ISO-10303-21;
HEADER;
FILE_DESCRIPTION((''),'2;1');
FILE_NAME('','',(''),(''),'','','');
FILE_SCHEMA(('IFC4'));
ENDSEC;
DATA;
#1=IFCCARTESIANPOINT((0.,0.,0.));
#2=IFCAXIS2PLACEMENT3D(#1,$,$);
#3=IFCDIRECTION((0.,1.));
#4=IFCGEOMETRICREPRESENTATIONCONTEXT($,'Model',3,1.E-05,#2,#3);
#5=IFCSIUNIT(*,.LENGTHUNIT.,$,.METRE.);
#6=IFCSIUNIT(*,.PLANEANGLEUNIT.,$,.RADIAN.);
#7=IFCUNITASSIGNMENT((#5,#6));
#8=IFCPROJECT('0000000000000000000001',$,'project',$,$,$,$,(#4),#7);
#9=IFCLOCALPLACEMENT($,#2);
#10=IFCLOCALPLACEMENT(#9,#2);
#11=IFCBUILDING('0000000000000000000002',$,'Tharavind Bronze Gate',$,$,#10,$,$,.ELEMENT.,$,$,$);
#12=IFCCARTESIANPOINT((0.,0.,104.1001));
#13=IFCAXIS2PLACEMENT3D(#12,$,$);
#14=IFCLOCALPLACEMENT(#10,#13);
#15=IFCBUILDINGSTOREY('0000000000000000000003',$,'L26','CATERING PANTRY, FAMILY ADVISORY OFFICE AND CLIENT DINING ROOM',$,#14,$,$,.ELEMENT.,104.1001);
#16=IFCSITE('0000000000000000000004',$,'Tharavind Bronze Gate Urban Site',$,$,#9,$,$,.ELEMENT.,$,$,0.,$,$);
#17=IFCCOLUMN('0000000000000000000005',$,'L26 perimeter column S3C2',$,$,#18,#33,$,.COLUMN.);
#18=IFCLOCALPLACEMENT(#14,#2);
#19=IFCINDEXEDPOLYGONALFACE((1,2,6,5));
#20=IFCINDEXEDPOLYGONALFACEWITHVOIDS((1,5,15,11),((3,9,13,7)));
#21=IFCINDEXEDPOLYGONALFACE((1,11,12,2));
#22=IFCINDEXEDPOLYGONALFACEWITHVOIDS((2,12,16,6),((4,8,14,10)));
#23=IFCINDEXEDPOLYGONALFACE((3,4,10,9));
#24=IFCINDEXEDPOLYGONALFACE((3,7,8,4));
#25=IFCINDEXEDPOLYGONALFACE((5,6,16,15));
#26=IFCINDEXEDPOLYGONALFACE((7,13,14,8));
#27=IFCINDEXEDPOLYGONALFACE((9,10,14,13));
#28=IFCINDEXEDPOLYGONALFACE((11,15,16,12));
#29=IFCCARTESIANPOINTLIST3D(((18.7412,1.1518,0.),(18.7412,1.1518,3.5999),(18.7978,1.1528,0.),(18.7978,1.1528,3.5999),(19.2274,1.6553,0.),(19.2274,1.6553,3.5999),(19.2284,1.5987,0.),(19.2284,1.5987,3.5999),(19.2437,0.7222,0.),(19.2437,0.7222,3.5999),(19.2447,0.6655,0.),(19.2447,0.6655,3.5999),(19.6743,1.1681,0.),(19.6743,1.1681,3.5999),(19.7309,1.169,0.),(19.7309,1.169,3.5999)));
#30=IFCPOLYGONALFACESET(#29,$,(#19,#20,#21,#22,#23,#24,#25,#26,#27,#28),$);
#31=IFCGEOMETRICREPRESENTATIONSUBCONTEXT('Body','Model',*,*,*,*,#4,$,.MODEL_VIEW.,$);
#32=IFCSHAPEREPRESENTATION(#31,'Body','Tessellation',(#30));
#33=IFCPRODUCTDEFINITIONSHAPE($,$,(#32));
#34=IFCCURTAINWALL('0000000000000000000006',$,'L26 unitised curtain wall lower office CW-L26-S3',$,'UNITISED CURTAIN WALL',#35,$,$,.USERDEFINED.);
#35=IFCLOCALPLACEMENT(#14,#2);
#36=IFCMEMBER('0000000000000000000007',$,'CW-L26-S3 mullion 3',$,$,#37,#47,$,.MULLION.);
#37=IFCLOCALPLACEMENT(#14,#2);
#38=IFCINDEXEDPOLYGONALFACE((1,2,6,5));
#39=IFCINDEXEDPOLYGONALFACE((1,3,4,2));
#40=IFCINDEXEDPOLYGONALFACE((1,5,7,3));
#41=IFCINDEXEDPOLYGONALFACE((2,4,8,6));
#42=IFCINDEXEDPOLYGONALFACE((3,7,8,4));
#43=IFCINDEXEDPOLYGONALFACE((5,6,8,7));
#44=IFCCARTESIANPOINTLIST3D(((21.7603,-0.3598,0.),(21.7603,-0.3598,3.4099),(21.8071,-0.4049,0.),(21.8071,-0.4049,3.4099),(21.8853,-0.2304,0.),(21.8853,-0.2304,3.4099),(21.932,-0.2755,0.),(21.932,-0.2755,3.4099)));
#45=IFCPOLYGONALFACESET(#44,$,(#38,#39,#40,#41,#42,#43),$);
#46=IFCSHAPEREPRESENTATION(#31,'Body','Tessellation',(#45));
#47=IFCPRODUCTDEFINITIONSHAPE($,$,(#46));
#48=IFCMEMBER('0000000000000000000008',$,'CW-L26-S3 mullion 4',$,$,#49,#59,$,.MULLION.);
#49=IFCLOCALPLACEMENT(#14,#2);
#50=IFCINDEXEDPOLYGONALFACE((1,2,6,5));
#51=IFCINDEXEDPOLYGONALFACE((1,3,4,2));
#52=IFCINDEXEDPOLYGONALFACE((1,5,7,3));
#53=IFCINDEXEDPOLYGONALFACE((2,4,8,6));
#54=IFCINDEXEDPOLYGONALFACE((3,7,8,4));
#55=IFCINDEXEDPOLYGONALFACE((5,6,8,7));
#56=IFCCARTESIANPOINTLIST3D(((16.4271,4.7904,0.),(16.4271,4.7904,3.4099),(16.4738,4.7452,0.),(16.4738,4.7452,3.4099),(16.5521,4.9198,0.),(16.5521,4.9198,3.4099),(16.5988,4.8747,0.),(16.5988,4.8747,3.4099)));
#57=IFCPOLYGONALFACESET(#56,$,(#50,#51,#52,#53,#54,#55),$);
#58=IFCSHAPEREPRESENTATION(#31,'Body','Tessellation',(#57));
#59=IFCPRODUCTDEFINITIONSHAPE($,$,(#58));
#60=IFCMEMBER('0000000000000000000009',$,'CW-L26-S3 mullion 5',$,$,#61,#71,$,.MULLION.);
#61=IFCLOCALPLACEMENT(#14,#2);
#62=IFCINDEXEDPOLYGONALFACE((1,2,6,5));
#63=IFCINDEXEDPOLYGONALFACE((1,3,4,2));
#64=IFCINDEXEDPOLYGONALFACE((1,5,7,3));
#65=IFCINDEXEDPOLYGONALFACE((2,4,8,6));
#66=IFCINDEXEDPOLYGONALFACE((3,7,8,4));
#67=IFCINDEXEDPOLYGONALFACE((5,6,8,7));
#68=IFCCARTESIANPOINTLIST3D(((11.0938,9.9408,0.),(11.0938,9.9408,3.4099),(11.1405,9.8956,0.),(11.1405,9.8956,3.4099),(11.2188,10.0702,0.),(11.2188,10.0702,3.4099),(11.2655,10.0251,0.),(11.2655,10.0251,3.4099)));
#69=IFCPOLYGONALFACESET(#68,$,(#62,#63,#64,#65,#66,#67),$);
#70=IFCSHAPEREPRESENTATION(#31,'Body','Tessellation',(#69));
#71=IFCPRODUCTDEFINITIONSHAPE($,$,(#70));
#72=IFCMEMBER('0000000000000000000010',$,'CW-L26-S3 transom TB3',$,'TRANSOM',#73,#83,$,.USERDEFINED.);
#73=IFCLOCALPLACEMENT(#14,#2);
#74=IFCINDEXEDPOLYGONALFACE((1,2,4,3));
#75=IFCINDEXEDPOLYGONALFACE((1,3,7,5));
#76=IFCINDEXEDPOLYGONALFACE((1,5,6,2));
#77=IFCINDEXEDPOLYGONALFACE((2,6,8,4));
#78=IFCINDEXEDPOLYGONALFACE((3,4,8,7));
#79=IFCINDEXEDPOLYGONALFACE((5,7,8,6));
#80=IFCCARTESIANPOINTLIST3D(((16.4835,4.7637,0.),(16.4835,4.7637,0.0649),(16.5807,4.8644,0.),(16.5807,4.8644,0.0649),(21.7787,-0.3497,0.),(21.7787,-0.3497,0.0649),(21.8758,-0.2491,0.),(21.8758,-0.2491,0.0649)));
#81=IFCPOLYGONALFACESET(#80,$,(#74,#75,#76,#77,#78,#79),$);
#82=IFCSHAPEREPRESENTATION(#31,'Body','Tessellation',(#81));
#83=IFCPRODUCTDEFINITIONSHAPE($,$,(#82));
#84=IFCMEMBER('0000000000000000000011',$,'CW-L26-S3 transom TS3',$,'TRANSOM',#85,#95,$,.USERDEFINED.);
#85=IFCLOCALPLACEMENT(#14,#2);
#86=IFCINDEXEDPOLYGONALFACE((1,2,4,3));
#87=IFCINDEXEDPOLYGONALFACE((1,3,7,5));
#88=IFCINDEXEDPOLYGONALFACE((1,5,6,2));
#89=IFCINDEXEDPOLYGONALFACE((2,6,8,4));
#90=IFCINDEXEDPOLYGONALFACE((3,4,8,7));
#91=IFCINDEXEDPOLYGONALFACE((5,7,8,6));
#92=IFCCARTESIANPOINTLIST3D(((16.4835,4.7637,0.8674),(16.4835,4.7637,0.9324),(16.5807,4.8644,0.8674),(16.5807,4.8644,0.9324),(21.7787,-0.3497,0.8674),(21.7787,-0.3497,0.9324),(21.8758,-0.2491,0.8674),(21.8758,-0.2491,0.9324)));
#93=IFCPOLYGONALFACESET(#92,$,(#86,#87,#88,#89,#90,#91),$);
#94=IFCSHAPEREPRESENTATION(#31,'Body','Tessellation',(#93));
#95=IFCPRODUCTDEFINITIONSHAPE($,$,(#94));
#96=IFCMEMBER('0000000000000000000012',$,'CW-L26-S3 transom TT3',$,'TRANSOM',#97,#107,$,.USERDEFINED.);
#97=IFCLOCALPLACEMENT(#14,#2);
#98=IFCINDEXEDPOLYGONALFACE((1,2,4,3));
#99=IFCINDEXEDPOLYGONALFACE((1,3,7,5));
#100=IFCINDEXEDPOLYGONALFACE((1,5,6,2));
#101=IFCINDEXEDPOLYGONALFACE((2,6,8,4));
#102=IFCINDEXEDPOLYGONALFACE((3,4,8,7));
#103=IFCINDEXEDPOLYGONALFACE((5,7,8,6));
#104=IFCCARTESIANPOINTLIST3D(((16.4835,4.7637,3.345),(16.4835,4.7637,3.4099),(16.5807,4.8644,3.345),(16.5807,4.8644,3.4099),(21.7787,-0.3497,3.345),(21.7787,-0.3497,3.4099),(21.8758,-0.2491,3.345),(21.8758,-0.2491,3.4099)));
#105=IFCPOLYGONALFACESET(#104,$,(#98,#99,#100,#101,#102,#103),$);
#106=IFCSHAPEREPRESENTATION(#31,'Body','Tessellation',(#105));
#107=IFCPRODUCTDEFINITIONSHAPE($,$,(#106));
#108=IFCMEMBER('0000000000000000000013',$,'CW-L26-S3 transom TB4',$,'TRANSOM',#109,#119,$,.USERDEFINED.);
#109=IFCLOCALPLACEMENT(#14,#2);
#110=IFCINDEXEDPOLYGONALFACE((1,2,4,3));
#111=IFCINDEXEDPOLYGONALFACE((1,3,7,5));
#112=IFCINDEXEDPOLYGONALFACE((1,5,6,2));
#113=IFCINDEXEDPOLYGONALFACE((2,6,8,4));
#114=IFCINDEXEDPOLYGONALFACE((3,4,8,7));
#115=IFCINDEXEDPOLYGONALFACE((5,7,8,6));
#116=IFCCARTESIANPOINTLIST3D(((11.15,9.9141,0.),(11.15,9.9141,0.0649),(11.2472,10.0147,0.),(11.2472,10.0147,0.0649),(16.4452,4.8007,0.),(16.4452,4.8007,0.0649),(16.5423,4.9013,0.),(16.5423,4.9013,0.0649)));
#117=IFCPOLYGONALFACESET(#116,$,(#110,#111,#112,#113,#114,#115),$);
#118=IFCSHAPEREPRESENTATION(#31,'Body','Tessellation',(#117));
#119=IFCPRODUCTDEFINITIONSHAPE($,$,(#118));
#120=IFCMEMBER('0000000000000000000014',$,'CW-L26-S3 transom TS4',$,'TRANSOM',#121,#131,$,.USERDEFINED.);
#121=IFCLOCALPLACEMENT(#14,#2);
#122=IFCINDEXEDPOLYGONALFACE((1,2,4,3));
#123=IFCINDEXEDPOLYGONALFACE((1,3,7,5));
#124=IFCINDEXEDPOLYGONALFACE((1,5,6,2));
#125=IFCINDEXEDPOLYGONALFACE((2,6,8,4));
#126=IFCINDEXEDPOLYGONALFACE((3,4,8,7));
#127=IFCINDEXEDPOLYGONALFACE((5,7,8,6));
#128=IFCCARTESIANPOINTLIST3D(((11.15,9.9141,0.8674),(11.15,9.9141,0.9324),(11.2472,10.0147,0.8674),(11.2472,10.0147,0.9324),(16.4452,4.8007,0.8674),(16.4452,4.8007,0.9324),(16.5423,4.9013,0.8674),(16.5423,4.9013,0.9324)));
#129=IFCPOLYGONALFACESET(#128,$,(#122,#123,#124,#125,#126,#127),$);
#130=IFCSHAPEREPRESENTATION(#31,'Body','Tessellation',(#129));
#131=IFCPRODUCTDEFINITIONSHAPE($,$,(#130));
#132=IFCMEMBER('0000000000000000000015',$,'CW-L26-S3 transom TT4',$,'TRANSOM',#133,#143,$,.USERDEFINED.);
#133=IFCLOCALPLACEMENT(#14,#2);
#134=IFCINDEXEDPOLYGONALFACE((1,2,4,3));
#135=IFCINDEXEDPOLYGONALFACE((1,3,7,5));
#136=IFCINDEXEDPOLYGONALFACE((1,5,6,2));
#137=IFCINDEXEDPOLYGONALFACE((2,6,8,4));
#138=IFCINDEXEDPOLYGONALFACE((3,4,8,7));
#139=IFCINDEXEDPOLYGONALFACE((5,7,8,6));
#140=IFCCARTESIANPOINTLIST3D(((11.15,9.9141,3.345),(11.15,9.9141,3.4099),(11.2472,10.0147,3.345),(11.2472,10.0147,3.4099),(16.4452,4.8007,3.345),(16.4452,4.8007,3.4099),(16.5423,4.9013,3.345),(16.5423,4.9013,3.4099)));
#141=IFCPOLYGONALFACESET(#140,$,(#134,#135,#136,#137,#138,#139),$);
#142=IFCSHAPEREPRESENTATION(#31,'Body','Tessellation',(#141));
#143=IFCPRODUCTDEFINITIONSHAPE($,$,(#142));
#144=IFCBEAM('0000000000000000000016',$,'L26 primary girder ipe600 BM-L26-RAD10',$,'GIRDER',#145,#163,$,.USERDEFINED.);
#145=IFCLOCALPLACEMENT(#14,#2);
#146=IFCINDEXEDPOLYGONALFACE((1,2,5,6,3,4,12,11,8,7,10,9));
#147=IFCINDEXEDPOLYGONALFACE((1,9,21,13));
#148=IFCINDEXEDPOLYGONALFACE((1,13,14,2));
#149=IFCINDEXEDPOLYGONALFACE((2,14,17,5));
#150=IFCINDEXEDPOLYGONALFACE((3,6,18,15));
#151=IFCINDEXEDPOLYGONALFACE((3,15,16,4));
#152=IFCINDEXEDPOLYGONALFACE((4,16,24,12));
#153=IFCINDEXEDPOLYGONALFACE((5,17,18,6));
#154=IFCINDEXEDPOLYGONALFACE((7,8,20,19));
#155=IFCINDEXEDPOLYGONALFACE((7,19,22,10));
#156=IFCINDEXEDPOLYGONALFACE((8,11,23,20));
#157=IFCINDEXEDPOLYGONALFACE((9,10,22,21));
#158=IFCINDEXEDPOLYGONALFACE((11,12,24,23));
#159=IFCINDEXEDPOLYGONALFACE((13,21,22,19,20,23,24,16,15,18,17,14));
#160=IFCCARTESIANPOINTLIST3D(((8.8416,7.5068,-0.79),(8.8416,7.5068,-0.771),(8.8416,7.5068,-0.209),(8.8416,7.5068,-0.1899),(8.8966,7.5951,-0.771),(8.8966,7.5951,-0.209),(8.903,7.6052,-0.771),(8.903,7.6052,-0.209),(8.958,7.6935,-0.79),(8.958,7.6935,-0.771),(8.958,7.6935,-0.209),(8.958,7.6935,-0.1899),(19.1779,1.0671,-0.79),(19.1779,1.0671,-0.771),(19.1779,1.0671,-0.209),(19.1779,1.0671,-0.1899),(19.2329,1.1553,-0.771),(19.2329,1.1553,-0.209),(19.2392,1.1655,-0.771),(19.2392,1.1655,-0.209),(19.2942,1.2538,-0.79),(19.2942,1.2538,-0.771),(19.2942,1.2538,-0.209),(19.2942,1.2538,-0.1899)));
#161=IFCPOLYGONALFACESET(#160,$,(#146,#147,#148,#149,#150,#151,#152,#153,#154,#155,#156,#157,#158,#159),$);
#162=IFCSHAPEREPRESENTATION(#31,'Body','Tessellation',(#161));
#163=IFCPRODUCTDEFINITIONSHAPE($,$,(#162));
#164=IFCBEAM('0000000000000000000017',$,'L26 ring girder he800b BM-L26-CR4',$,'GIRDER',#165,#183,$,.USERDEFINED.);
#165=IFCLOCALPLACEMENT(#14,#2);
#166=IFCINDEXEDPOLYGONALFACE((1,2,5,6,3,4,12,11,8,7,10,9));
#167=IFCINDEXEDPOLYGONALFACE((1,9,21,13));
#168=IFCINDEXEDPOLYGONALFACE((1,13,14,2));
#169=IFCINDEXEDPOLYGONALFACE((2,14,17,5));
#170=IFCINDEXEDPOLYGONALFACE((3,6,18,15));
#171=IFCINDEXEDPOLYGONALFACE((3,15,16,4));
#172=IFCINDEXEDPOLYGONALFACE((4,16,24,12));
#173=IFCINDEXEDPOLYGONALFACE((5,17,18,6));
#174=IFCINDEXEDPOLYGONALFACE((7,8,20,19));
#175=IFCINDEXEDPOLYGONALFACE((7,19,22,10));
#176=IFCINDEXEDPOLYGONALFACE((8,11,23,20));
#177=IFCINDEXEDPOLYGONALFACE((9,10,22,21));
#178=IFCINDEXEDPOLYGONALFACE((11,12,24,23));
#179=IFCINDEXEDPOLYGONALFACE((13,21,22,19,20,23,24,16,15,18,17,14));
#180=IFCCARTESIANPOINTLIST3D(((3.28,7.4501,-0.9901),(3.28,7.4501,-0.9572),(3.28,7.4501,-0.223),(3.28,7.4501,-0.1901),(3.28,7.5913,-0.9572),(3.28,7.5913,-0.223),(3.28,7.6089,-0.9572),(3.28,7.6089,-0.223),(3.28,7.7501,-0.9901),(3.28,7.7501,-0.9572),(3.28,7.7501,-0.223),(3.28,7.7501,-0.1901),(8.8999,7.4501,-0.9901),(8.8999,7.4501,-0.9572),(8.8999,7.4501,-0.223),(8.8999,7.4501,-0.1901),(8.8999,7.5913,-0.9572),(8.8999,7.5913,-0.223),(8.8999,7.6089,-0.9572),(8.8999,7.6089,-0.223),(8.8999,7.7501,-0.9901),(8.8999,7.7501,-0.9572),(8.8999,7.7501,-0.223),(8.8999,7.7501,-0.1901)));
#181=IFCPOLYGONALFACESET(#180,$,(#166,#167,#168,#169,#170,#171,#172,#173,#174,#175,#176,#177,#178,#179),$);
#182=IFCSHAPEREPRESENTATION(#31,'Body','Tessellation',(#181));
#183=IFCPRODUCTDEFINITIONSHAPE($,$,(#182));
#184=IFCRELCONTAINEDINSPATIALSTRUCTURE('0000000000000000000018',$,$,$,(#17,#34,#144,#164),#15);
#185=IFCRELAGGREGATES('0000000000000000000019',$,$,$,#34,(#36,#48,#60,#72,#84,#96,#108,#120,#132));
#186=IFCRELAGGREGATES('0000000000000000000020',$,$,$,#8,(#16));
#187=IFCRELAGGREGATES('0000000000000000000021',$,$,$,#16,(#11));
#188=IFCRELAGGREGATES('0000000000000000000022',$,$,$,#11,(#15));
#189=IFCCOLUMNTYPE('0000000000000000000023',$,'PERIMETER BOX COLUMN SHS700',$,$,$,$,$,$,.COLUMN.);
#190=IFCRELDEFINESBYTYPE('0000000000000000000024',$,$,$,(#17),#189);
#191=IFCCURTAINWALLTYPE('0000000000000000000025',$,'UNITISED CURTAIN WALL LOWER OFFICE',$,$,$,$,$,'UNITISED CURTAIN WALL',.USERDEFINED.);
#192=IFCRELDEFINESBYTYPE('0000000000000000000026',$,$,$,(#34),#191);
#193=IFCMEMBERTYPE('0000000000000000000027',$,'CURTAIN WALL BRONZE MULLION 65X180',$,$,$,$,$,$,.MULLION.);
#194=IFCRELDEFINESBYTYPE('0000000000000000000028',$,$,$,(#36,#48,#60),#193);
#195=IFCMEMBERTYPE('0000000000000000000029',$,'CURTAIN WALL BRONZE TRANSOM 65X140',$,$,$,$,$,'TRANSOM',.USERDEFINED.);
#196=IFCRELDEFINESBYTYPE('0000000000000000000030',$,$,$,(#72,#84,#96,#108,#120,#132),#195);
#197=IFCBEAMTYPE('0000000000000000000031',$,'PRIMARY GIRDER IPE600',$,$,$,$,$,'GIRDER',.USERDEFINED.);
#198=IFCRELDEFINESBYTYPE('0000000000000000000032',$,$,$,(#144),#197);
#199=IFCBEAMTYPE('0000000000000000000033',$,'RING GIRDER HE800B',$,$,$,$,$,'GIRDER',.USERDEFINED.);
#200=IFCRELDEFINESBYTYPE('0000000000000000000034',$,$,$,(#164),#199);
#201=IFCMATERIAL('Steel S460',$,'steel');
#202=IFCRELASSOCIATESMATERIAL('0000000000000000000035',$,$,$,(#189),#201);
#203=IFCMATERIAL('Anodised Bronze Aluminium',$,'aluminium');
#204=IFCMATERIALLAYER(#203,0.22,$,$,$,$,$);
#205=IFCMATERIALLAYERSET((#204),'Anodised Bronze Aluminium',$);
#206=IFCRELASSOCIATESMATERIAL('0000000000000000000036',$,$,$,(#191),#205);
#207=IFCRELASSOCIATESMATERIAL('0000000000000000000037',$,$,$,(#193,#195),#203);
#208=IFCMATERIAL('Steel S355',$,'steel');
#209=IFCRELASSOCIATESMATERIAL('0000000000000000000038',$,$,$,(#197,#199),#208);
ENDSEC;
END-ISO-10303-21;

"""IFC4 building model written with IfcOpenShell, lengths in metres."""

from ifc_helpers import new_model, si_unit, direction, frame, origin, origin_2d, place, context, subcontext, project, spatial, rectangle, hollow_rectangle, i_section, extrude, material, layer, layer_set, material_profile, profile_set, type_object, element, aggregate, save


model = new_model("IFC4")

# Units and contexts
model_context = context("Model", 3, precision=1e-05, world=origin(), true_north=direction((0.0, 1.0)))
body_context = subcontext(model_context, "Body", "Model", "MODEL_VIEW")
ifc_project = project(units=[si_unit("LENGTHUNIT", "METRE"), si_unit("PLANEANGLEUNIT", "RADIAN")], contexts=[model_context])

# Site, building, storey
site_placement = place(None, origin())
site = spatial("IfcSite", under=ifc_project, at=site_placement, Name="Tharavind Bronze Gate Urban Site", CompositionType="ELEMENT", RefElevation=0.0)
building_placement = place(site_placement, origin())
building = spatial("IfcBuilding", under=site, at=building_placement, Name="Tharavind Bronze Gate", CompositionType="ELEMENT")
storey_placement = place(building_placement, frame((0.0, 0.0, 104.1001)))
storey = spatial("IfcBuildingStorey", under=building, at=storey_placement, Name="L26", Description="CATERING PANTRY, FAMILY ADVISORY OFFICE AND CLIENT DINING ROOM", CompositionType="ELEMENT", Elevation=104.1001)

# Column
ifc_material_1 = material(Name="Steel S460", Category="steel")
ifc_material_profile_1 = material_profile(ifc_material_1, hollow_rectangle(XDim=0.7, YDim=0.7, WallThickness=0.04, at=origin_2d()), Name="SHS700X40")
ifc_profile_set_1 = profile_set([ifc_material_profile_1], Name="Steel S460")
column_type = type_object("IfcColumnType", Name="PERIMETER BOX COLUMN SHS700", PredefinedType="COLUMN", material=ifc_profile_set_1)
column_placement = place(storey_placement, frame((19.2361, 1.1604, 0.0), z_axis=(0.0, 0.0, 1.0), x_axis=(-0.71934, 0.694658, 0.0)))
element("IfcColumn", 1, at=column_placement, inside=storey, type_object=column_type, Name="L26 perimeter column S3C2", PredefinedType="COLUMN", context=body_context, shape_type="SweptSolid", body=[
    extrude(hollow_rectangle(XDim=0.7, YDim=0.7, WallThickness=0.04, at=origin_2d()), origin(), (0.0, 0.0, 1.0), 3.5999),
])

# Curtain wall, members
ifc_material_2 = material(Name="Anodised Bronze Aluminium", Category="aluminium")
ifc_layer_1 = layer(ifc_material_2, 0.22)
ifc_layer_set_1 = layer_set([ifc_layer_1], Name="Anodised Bronze Aluminium")
curtain_wall_type = type_object("IfcCurtainWallType", Name="UNITISED CURTAIN WALL LOWER OFFICE", ElementType="UNITISED CURTAIN WALL", PredefinedType="USERDEFINED", material=ifc_layer_set_1)
curtain_wall_placement = place(storey_placement, origin())
curtain_wall = element("IfcCurtainWall", 2, at=curtain_wall_placement, inside=storey, type_object=curtain_wall_type, Name="L26 unitised curtain wall lower office CW-L26-S3", ObjectType="UNITISED CURTAIN WALL", PredefinedType="USERDEFINED")
member_type_1 = type_object("IfcMemberType", Name="CURTAIN WALL BRONZE MULLION 65X180", PredefinedType="MULLION", material=ifc_material_2)
member_1_placement = place(storey_placement, frame((21.8462, -0.3176, 0.0), z_axis=(0.0, 0.0, 1.0), x_axis=(-0.719341, 0.694657, 0.0)))
member_1 = element("IfcMember", 3, at=member_1_placement, type_object=member_type_1, Name="CW-L26-S3 mullion 3", PredefinedType="MULLION", context=body_context, shape_type="SweptSolid", body=[
    extrude(rectangle(XDim=0.0649, YDim=0.1799, at=origin_2d()), origin(), (0.0, 0.0, 1.0), 3.4099),
])
member_2_placement = place(storey_placement, frame((16.5129, 4.8325, 0.0), z_axis=(0.0, 0.0, 1.0), x_axis=(-0.719341, 0.694657, 0.0)))
member_2 = element("IfcMember", 4, at=member_2_placement, type_object=member_type_1, Name="CW-L26-S3 mullion 4", PredefinedType="MULLION", context=body_context, shape_type="SweptSolid", body=[
    extrude(rectangle(XDim=0.0649, YDim=0.1799, at=origin_2d()), origin(), (0.0, 0.0, 1.0), 3.4099),
])
member_3_placement = place(storey_placement, frame((11.1797, 9.9829, 0.0), z_axis=(0.0, 0.0, 1.0), x_axis=(-0.719341, 0.694657, 0.0)))
member_3 = element("IfcMember", 5, at=member_3_placement, type_object=member_type_1, Name="CW-L26-S3 mullion 5", PredefinedType="MULLION", context=body_context, shape_type="SweptSolid", body=[
    extrude(rectangle(XDim=0.0649, YDim=0.1799, at=origin_2d()), origin(), (0.0, 0.0, 1.0), 3.4099),
])
member_type_2 = type_object("IfcMemberType", Name="CURTAIN WALL BRONZE TRANSOM 65X140", ElementType="TRANSOM", PredefinedType="USERDEFINED", material=ifc_material_2)
member_4_placement = place(storey_placement, frame((19.1797, 2.2573, 0.0), z_axis=(0.0, 0.0, 1.0), x_axis=(-0.719341, 0.694657, 0.0)))
member_4 = element("IfcMember", 6, at=member_4_placement, type_object=member_type_2, Name="CW-L26-S3 transom TB3", ObjectType="TRANSOM", PredefinedType="USERDEFINED", context=body_context, shape_type="SweptSolid", body=[
    extrude(rectangle(XDim=7.3611, YDim=0.1399, at=origin_2d()), origin(), (0.0, 0.0, 1.0), 0.0649),
])
member_5_placement = place(storey_placement, frame((19.1797, 2.2573, 0.8674), z_axis=(0.0, 0.0, 1.0), x_axis=(-0.719341, 0.694657, 0.0)))
member_5 = element("IfcMember", 7, at=member_5_placement, type_object=member_type_2, Name="CW-L26-S3 transom TS3", ObjectType="TRANSOM", PredefinedType="USERDEFINED", context=body_context, shape_type="SweptSolid", body=[
    extrude(rectangle(XDim=7.3611, YDim=0.1399, at=origin_2d()), origin(), (0.0, 0.0, 1.0), 0.0649),
])
member_6_placement = place(storey_placement, frame((19.1797, 2.2573, 3.345), z_axis=(0.0, 0.0, 1.0), x_axis=(-0.719341, 0.694657, 0.0)))
member_6 = element("IfcMember", 8, at=member_6_placement, type_object=member_type_2, Name="CW-L26-S3 transom TT3", ObjectType="TRANSOM", PredefinedType="USERDEFINED", context=body_context, shape_type="SweptSolid", body=[
    extrude(rectangle(XDim=7.3611, YDim=0.1399, at=origin_2d()), origin(), (0.0, 0.0, 1.0), 0.0649),
])
member_7_placement = place(storey_placement, frame((13.8462, 7.4077, 0.0), z_axis=(0.0, 0.0, 1.0), x_axis=(-0.719341, 0.694657, 0.0)))
member_7 = element("IfcMember", 9, at=member_7_placement, type_object=member_type_2, Name="CW-L26-S3 transom TB4", ObjectType="TRANSOM", PredefinedType="USERDEFINED", context=body_context, shape_type="SweptSolid", body=[
    extrude(rectangle(XDim=7.3611, YDim=0.1399, at=origin_2d()), origin(), (0.0, 0.0, 1.0), 0.0649),
])
member_8_placement = place(storey_placement, frame((13.8462, 7.4077, 0.8674), z_axis=(0.0, 0.0, 1.0), x_axis=(-0.719341, 0.694657, 0.0)))
member_8 = element("IfcMember", 10, at=member_8_placement, type_object=member_type_2, Name="CW-L26-S3 transom TS4", ObjectType="TRANSOM", PredefinedType="USERDEFINED", context=body_context, shape_type="SweptSolid", body=[
    extrude(rectangle(XDim=7.3611, YDim=0.1399, at=origin_2d()), origin(), (0.0, 0.0, 1.0), 0.0649),
])
member_9_placement = place(storey_placement, frame((13.8462, 7.4077, 3.345), z_axis=(0.0, 0.0, 1.0), x_axis=(-0.719341, 0.694657, 0.0)))
member_9 = element("IfcMember", 11, at=member_9_placement, type_object=member_type_2, Name="CW-L26-S3 transom TT4", ObjectType="TRANSOM", PredefinedType="USERDEFINED", context=body_context, shape_type="SweptSolid", body=[
    extrude(rectangle(XDim=7.3611, YDim=0.1399, at=origin_2d()), origin(), (0.0, 0.0, 1.0), 0.0649),
])

# Beams
ifc_material_3 = material(Name="Steel S355", Category="steel")
ifc_material_profile_2 = material_profile(ifc_material_3, i_section(OverallWidth=0.22, OverallDepth=0.6001, WebThickness=0.012, FlangeThickness=0.019, at=origin_2d()), Name="IPE600")
ifc_profile_set_2 = profile_set([ifc_material_profile_2], Name="Steel S355")
beam_type_1 = type_object("IfcBeamType", Name="PRIMARY GIRDER IPE600", ElementType="GIRDER", PredefinedType="USERDEFINED", material=ifc_profile_set_2)
beam_1_placement = place(storey_placement, frame((19.2361, 1.1604, -0.49), z_axis=(-0.848751, 0.528793, 0.0), x_axis=(-0.528793, -0.848751, 0.0)))
element("IfcBeam", 12, at=beam_1_placement, inside=storey, type_object=beam_type_1, Name="L26 primary girder ipe600 BM-L26-RAD10", ObjectType="GIRDER", PredefinedType="USERDEFINED", context=body_context, shape_type="SweptSolid", body=[
    extrude(i_section(OverallWidth=0.22, OverallDepth=0.6001, WebThickness=0.012, FlangeThickness=0.019, at=origin_2d()), origin(), (0.0, 0.0, 1.0), 12.1782),
])
ifc_material_profile_3 = material_profile(ifc_material_3, i_section(OverallWidth=0.3, OverallDepth=0.8, WebThickness=0.0176, FlangeThickness=0.033, at=origin_2d()), Name="HE800B")
ifc_profile_set_3 = profile_set([ifc_material_profile_3], Name="Steel S355")
beam_type_2 = type_object("IfcBeamType", Name="RING GIRDER HE800B", ElementType="GIRDER", PredefinedType="USERDEFINED", material=ifc_profile_set_3)
beam_2_placement = place(storey_placement, frame((8.8999, 7.6001, -0.5901), z_axis=(-1.0, 0.0, 0.0), x_axis=(0.0, -1.0, 0.0)))
element("IfcBeam", 13, at=beam_2_placement, inside=storey, type_object=beam_type_2, Name="L26 ring girder he800b BM-L26-CR4", ObjectType="GIRDER", PredefinedType="USERDEFINED", context=body_context, shape_type="SweptSolid", body=[
    extrude(i_section(OverallWidth=0.3, OverallDepth=0.8, WebThickness=0.0176, FlangeThickness=0.033, at=origin_2d()), origin(), (0.0, 0.0, 1.0), 5.6199),
])

aggregate(curtain_wall, [member_1, member_2, member_3, member_4, member_5, member_6, member_7, member_8, member_9])

save(model, "model.ifc")
